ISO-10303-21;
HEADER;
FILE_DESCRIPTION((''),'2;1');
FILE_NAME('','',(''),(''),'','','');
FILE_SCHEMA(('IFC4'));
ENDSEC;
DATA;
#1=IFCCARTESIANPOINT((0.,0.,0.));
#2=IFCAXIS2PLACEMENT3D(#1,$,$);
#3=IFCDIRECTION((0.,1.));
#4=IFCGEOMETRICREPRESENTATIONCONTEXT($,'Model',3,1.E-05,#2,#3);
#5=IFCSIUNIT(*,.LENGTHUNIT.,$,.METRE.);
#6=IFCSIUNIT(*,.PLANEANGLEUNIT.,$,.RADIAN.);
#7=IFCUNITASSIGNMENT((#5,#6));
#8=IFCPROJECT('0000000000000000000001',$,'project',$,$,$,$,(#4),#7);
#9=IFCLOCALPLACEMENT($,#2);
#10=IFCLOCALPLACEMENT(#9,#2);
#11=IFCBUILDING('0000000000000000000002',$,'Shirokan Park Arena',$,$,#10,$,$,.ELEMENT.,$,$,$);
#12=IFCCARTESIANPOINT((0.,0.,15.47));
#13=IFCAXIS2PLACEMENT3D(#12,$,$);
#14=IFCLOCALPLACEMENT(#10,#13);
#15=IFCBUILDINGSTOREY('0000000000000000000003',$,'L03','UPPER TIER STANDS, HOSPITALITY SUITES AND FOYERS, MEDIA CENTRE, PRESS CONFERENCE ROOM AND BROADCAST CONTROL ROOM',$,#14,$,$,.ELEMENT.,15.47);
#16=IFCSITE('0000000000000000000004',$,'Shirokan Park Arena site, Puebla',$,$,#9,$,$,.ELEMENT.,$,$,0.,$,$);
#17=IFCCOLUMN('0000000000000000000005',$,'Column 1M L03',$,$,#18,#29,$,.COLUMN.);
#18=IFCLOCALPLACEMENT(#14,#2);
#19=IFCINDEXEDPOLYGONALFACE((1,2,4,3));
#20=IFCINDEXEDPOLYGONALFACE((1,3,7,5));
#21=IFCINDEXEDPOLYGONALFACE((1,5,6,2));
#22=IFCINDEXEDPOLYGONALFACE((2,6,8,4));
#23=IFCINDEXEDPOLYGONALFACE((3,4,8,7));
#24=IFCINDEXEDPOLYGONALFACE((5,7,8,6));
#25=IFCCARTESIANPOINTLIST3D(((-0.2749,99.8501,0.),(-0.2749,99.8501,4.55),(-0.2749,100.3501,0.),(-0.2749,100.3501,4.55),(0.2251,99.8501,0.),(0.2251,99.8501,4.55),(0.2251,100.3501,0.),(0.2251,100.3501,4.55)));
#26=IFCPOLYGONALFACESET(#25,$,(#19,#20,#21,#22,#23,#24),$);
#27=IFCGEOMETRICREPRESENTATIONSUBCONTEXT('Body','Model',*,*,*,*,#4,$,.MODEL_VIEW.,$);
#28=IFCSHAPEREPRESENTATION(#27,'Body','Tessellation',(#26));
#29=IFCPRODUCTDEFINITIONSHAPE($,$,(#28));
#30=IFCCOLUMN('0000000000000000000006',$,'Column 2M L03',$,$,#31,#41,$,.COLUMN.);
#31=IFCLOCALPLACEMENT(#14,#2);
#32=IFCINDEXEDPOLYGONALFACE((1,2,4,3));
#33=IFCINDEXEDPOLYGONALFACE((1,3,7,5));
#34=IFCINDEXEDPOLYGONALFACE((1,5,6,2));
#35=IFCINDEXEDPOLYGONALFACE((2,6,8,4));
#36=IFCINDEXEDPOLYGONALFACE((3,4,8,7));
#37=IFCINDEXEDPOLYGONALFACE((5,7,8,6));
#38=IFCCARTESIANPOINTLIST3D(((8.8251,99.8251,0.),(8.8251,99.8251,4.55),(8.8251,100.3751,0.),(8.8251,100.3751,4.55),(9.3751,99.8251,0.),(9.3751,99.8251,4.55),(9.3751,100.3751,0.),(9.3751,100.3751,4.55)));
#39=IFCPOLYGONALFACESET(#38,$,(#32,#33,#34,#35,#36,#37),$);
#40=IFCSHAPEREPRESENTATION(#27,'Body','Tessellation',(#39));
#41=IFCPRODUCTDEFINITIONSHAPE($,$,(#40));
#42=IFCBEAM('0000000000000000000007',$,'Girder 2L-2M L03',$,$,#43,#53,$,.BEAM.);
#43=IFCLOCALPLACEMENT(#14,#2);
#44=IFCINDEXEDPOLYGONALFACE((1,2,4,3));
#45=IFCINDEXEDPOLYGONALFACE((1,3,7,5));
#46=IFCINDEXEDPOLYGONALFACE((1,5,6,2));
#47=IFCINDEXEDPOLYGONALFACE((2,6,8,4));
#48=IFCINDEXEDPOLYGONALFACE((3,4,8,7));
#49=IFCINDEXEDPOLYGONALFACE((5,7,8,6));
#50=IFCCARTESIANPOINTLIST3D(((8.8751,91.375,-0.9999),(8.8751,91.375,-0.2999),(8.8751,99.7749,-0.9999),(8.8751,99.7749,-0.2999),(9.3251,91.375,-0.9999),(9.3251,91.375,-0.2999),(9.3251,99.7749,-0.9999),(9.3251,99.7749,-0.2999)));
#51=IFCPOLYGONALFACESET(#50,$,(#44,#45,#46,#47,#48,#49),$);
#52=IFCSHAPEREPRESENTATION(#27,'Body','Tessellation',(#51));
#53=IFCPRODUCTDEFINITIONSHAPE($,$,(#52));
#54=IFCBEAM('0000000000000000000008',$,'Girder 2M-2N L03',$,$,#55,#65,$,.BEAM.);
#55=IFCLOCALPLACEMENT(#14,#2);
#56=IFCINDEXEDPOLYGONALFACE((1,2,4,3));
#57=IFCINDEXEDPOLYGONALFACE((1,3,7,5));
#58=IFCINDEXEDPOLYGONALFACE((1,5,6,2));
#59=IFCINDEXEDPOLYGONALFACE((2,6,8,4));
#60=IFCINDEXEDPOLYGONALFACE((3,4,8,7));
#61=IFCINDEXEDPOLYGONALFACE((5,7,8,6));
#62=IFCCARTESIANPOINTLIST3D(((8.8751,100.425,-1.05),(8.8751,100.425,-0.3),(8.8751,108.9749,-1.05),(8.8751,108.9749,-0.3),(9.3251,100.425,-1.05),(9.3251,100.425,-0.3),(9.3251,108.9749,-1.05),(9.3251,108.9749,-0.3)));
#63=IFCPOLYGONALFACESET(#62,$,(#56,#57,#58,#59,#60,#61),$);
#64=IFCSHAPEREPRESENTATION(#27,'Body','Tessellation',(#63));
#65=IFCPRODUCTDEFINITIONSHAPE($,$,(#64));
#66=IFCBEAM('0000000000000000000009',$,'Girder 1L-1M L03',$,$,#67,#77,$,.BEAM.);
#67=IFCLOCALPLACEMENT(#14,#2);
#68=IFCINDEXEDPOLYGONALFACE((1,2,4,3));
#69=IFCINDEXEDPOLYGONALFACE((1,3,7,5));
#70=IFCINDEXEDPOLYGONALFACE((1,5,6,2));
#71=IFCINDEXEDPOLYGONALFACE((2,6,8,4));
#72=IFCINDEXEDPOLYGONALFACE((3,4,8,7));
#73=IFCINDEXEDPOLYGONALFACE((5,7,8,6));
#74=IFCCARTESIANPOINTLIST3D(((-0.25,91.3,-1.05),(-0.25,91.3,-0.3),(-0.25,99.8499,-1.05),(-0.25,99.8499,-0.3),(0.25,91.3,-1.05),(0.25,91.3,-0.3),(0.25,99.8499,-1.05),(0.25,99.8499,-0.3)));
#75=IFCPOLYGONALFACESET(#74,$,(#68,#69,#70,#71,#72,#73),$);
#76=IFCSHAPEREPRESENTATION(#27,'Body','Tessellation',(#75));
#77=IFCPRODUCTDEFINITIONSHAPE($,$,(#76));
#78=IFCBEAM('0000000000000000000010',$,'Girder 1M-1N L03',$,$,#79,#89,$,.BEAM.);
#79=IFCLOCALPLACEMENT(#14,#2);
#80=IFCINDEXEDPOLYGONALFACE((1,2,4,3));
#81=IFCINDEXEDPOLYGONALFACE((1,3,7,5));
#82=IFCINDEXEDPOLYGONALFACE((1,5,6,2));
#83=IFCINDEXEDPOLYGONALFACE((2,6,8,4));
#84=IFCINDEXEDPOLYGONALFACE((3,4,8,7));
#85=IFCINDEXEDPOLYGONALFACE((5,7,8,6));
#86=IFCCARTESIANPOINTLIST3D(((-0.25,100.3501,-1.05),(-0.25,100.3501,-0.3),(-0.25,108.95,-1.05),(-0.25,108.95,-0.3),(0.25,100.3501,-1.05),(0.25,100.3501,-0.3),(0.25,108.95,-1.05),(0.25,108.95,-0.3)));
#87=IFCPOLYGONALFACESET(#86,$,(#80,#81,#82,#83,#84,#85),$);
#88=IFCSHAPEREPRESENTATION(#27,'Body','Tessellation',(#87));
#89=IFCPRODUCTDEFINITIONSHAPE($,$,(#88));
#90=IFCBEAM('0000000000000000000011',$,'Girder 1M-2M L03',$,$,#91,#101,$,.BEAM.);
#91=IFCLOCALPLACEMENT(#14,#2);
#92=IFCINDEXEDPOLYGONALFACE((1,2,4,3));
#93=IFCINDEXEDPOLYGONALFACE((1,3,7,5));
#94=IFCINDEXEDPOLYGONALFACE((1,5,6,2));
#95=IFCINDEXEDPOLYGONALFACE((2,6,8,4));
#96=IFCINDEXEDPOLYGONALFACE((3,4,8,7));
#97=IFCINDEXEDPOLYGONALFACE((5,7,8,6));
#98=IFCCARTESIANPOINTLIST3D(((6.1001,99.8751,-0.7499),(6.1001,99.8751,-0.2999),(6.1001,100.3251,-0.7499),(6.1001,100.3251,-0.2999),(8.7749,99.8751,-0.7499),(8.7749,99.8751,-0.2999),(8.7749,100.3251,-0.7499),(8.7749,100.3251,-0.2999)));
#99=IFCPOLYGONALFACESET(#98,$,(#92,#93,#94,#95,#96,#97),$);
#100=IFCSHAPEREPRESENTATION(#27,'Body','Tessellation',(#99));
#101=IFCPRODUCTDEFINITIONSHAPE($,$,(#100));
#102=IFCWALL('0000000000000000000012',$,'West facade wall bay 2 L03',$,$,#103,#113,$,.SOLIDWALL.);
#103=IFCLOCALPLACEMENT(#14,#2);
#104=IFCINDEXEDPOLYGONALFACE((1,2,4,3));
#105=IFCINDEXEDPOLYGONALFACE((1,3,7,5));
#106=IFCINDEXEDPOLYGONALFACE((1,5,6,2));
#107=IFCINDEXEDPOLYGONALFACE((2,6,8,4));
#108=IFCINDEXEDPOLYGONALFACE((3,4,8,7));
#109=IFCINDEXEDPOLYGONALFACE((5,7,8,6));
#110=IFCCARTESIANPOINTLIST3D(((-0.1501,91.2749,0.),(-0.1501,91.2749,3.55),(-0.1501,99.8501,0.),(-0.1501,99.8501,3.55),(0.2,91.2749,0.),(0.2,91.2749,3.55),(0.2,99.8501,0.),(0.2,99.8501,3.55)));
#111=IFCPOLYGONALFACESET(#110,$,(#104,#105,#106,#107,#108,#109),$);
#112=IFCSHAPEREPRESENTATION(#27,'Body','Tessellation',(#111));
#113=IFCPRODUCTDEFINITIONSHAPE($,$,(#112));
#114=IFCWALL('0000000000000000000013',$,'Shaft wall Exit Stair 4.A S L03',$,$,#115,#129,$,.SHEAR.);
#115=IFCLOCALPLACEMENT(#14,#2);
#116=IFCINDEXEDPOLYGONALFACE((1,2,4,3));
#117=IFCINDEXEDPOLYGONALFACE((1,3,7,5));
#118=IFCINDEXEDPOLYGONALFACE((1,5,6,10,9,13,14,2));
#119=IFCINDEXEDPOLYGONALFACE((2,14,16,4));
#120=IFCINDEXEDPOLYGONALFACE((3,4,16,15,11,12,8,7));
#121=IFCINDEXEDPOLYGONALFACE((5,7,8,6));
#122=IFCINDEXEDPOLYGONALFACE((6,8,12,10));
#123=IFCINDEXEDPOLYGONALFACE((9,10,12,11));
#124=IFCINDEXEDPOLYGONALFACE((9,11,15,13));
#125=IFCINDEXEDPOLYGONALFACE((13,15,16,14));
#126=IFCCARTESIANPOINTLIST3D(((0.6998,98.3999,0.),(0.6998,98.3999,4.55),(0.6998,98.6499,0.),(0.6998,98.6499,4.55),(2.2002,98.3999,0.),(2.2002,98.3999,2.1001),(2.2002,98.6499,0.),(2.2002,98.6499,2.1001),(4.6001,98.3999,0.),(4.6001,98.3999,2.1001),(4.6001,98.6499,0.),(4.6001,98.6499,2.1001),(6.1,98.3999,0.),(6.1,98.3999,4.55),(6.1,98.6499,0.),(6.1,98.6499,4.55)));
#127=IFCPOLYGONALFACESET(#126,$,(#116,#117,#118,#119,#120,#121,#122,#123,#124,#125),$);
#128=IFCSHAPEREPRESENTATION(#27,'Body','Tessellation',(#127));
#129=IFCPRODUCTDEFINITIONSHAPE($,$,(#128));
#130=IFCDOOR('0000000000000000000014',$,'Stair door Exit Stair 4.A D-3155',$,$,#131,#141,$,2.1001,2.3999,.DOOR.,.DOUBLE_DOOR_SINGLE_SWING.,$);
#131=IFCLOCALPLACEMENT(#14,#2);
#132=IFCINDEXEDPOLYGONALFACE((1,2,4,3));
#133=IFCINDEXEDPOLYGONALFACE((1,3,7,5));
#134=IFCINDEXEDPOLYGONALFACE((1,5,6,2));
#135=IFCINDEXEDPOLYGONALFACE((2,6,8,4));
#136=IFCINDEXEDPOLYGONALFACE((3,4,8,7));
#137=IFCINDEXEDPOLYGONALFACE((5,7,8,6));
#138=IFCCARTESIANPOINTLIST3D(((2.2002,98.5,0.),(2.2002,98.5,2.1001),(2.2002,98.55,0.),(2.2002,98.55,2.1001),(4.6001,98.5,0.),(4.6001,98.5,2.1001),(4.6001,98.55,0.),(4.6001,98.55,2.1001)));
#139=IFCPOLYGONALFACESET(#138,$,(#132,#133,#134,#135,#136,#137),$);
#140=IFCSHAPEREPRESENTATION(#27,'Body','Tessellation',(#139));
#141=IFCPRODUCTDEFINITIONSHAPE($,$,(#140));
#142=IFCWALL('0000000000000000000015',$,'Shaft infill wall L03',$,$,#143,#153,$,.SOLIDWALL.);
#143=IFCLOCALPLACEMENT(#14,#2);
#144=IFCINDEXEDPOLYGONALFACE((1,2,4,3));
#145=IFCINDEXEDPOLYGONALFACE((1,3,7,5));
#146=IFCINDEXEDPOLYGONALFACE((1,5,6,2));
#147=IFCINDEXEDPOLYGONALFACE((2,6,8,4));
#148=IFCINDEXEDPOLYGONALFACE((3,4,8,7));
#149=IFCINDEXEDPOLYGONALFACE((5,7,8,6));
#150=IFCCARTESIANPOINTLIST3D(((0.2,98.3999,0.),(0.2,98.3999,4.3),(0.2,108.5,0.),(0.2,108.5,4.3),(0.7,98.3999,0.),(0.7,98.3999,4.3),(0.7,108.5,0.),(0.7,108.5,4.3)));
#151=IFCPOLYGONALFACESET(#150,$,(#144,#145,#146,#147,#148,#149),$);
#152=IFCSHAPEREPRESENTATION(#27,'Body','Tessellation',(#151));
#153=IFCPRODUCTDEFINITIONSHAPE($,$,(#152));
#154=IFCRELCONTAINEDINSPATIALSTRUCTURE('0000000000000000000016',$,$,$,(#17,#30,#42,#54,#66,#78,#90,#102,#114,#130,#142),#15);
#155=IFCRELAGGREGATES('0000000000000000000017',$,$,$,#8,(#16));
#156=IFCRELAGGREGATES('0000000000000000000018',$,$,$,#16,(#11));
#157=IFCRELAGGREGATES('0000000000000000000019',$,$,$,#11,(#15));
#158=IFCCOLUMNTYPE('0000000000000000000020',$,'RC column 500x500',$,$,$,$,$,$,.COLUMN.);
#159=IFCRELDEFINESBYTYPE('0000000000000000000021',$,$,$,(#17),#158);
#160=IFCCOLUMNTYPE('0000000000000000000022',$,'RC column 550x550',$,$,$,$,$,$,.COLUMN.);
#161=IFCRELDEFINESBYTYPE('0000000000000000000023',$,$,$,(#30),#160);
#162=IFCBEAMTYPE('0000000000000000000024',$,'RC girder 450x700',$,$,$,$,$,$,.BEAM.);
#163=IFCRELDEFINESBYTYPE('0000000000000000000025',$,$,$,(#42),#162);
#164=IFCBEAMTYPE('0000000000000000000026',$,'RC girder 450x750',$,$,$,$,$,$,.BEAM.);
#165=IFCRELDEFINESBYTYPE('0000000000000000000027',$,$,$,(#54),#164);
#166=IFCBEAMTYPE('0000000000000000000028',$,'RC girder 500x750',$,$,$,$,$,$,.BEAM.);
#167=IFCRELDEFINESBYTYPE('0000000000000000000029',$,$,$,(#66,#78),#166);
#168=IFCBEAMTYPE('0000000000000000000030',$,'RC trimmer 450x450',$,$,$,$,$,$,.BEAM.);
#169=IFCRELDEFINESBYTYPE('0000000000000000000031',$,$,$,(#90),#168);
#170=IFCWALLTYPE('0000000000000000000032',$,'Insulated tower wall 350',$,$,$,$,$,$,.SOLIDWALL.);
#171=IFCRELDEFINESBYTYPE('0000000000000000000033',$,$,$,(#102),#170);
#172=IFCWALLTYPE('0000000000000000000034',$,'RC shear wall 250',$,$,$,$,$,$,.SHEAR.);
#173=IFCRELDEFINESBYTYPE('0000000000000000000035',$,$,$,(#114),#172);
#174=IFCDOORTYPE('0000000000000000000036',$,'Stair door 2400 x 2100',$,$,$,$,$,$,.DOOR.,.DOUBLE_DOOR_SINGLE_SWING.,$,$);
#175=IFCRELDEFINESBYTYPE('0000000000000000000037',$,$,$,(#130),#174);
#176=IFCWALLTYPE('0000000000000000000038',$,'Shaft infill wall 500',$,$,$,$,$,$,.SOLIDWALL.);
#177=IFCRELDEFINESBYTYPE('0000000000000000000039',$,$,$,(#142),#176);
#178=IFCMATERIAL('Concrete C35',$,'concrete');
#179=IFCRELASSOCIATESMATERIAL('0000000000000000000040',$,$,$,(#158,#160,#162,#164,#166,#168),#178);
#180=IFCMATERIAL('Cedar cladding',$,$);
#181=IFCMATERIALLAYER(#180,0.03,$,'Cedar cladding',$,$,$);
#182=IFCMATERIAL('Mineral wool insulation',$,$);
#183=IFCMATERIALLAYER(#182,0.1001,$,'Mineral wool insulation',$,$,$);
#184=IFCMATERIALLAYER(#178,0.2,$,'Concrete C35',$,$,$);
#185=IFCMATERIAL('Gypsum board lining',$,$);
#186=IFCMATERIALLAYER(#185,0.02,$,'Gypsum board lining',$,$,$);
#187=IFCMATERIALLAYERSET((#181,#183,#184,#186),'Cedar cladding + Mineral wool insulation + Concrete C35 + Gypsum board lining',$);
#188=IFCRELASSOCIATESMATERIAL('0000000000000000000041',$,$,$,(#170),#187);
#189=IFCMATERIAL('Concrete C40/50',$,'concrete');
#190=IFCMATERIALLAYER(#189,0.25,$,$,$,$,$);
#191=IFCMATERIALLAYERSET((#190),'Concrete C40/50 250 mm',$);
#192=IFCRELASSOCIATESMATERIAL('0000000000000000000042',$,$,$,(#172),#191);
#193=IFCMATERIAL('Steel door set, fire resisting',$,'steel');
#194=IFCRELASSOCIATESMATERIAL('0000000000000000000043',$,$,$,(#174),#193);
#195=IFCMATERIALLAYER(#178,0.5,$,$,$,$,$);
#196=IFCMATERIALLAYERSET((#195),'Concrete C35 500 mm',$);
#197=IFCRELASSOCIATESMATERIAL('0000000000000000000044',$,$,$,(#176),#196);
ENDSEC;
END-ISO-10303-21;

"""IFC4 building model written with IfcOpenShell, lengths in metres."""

from ifc_helpers import new_model, si_unit, direction, frame, frame_2d, origin, origin_2d, place, context, subcontext, project, spatial, rectangle, extrude, material, layer, layer_set, material_profile, profile_set, type_object, element, fill, save


model = new_model("IFC4")

# Units and contexts
model_context = context("Model", 3, precision=1e-05, world=origin(), true_north=direction((0.0, 1.0)))
body_context = subcontext(model_context, "Body", "Model", "MODEL_VIEW")
ifc_project = project(units=[si_unit("LENGTHUNIT", "METRE"), si_unit("PLANEANGLEUNIT", "RADIAN")], contexts=[model_context])

# Site, building, storey
site_placement = place(None, origin())
site = spatial("IfcSite", under=ifc_project, at=site_placement, Name="Shirokan Park Arena site, Puebla", CompositionType="ELEMENT", RefElevation=0.0)
building_placement = place(site_placement, origin())
building = spatial("IfcBuilding", under=site, at=building_placement, Name="Shirokan Park Arena", CompositionType="ELEMENT")
storey_placement = place(building_placement, frame((0.0, 0.0, 15.47)))
storey = spatial("IfcBuildingStorey", under=building, at=storey_placement, Name="L03", Description="UPPER TIER STANDS, HOSPITALITY SUITES AND FOYERS, MEDIA CENTRE, PRESS CONFERENCE ROOM AND BROADCAST CONTROL ROOM", CompositionType="ELEMENT", Elevation=15.47)

# Columns
ifc_material_1 = material(Name="Concrete C35", Category="concrete")
ifc_material_profile_1 = material_profile(ifc_material_1, rectangle(XDim=0.5, YDim=0.5, at=origin_2d()), Name="500x500")
ifc_profile_set_1 = profile_set([ifc_material_profile_1], Name="Concrete C35")
column_type_1 = type_object("IfcColumnType", Name="RC column 500x500", PredefinedType="COLUMN", material=ifc_profile_set_1)
column_1_placement = place(storey_placement, frame((-0.0249, 100.1001, 0.0), z_axis=(0.0, 0.0, 1.0), x_axis=(1.0, 0.0, 0.0)))
element("IfcColumn", 1, at=column_1_placement, inside=storey, type_object=column_type_1, Name="Column 1M L03", PredefinedType="COLUMN", context=body_context, shape_type="SweptSolid", body=[
    extrude(rectangle(XDim=0.5, YDim=0.5, at=origin_2d()), origin(), (0.0, 0.0, 1.0), 4.55),
])
ifc_material_profile_2 = material_profile(ifc_material_1, rectangle(XDim=0.55, YDim=0.55, at=origin_2d()), Name="550x550")
ifc_profile_set_2 = profile_set([ifc_material_profile_2], Name="Concrete C35")
column_type_2 = type_object("IfcColumnType", Name="RC column 550x550", PredefinedType="COLUMN", material=ifc_profile_set_2)
column_2_placement = place(storey_placement, frame((9.1001, 100.1001, 0.0), z_axis=(0.0, 0.0, 1.0), x_axis=(1.0, 0.0, 0.0)))
element("IfcColumn", 2, at=column_2_placement, inside=storey, type_object=column_type_2, Name="Column 2M L03", PredefinedType="COLUMN", context=body_context, shape_type="SweptSolid", body=[
    extrude(rectangle(XDim=0.55, YDim=0.55, at=origin_2d()), origin(), (0.0, 0.0, 1.0), 4.55),
])

# Beams
ifc_material_profile_3 = material_profile(ifc_material_1, rectangle(XDim=0.45, YDim=0.7, at=origin_2d()), Name="450x700")
ifc_profile_set_3 = profile_set([ifc_material_profile_3], Name="Concrete C35")
beam_type_1 = type_object("IfcBeamType", Name="RC girder 450x700", PredefinedType="BEAM", material=ifc_profile_set_3)
beam_1_placement = place(storey_placement, frame((9.1001, 91.375, -0.6499), z_axis=(0.0, 1.0, 0.0), x_axis=(-1.0, 0.0, 0.0)))
element("IfcBeam", 3, at=beam_1_placement, inside=storey, type_object=beam_type_1, Name="Girder 2L-2M L03", PredefinedType="BEAM", context=body_context, shape_type="SweptSolid", body=[
    extrude(rectangle(XDim=0.45, YDim=0.7, at=origin_2d()), origin(), (0.0, 0.0, 1.0), 8.3999),
])
ifc_material_profile_4 = material_profile(ifc_material_1, rectangle(XDim=0.45, YDim=0.75, at=origin_2d()), Name="450x750")
ifc_profile_set_4 = profile_set([ifc_material_profile_4], Name="Concrete C35")
beam_type_2 = type_object("IfcBeamType", Name="RC girder 450x750", PredefinedType="BEAM", material=ifc_profile_set_4)
beam_2_placement = place(storey_placement, frame((9.1001, 100.425, -0.675), z_axis=(0.0, 1.0, 0.0), x_axis=(-1.0, 0.0, 0.0)))
element("IfcBeam", 4, at=beam_2_placement, inside=storey, type_object=beam_type_2, Name="Girder 2M-2N L03", PredefinedType="BEAM", context=body_context, shape_type="SweptSolid", body=[
    extrude(rectangle(XDim=0.45, YDim=0.75, at=origin_2d()), origin(), (0.0, 0.0, 1.0), 8.5498),
])
ifc_material_profile_5 = material_profile(ifc_material_1, rectangle(XDim=0.5, YDim=0.75, at=origin_2d()), Name="500x750")
ifc_profile_set_5 = profile_set([ifc_material_profile_5], Name="Concrete C35")
beam_type_3 = type_object("IfcBeamType", Name="RC girder 500x750", PredefinedType="BEAM", material=ifc_profile_set_5)
beam_3_placement = place(storey_placement, frame((0.0, 91.3, -0.675), z_axis=(0.0, 1.0, 0.0), x_axis=(-1.0, 0.0, 0.0)))
element("IfcBeam", 5, at=beam_3_placement, inside=storey, type_object=beam_type_3, Name="Girder 1L-1M L03", PredefinedType="BEAM", context=body_context, shape_type="SweptSolid", body=[
    extrude(rectangle(XDim=0.5, YDim=0.75, at=origin_2d()), origin(), (0.0, 0.0, 1.0), 8.5498),
])
beam_4_placement = place(storey_placement, frame((0.0, 100.3501, -0.675), z_axis=(0.0, 1.0, 0.0), x_axis=(-1.0, 0.0, 0.0)))
element("IfcBeam", 6, at=beam_4_placement, inside=storey, type_object=beam_type_3, Name="Girder 1M-1N L03", PredefinedType="BEAM", context=body_context, shape_type="SweptSolid", body=[
    extrude(rectangle(XDim=0.5, YDim=0.75, at=origin_2d()), origin(), (0.0, 0.0, 1.0), 8.5999),
])
ifc_material_profile_6 = material_profile(ifc_material_1, rectangle(XDim=0.45, YDim=0.45, at=origin_2d()), Name="450x450")
ifc_profile_set_6 = profile_set([ifc_material_profile_6], Name="Concrete C35")
beam_type_4 = type_object("IfcBeamType", Name="RC trimmer 450x450", PredefinedType="BEAM", material=ifc_profile_set_6)
beam_5_placement = place(storey_placement, frame((6.1001, 100.1001, -0.5249), z_axis=(1.0, 0.0, 0.0), x_axis=(0.0, 1.0, 0.0)))
element("IfcBeam", 7, at=beam_5_placement, inside=storey, type_object=beam_type_4, Name="Girder 1M-2M L03", PredefinedType="BEAM", context=body_context, shape_type="SweptSolid", body=[
    extrude(rectangle(XDim=0.45, YDim=0.45, at=origin_2d()), origin(), (0.0, 0.0, 1.0), 2.6748),
])

# Wall
ifc_material_2 = material(Name="Cedar cladding")
ifc_layer_1 = layer(ifc_material_2, 0.03, Name="Cedar cladding")
ifc_material_3 = material(Name="Mineral wool insulation")
ifc_layer_2 = layer(ifc_material_3, 0.1001, Name="Mineral wool insulation")
ifc_layer_3 = layer(ifc_material_1, 0.2, Name="Concrete C35")
ifc_material_4 = material(Name="Gypsum board lining")
ifc_layer_4 = layer(ifc_material_4, 0.02, Name="Gypsum board lining")
ifc_layer_set_1 = layer_set([ifc_layer_1, ifc_layer_2, ifc_layer_3, ifc_layer_4], Name="Cedar cladding + Mineral wool insulation + Concrete C35 + Gypsum board lining")
wall_type_1 = type_object("IfcWallType", Name="Insulated tower wall 350", PredefinedType="SOLIDWALL", material=ifc_layer_set_1)
wall_1_placement = place(storey_placement, frame((0.0249, 99.8501, 0.0), z_axis=(0.0, 0.0, 1.0), x_axis=(0.0, -1.0, 0.0)))
element("IfcWall", 8, at=wall_1_placement, inside=storey, type_object=wall_type_1, Name="West facade wall bay 2 L03", PredefinedType="SOLIDWALL", context=body_context, shape_type="SweptSolid", body=[
    extrude(rectangle(XDim=8.5752, YDim=0.3501, at=frame_2d((4.2876, 0.0))), origin(), (0.0, 0.0, 1.0), 3.55),
])

# Wall, opening, door
ifc_material_5 = material(Name="Concrete C40/50", Category="concrete")
ifc_layer_5 = layer(ifc_material_5, 0.25)
ifc_layer_set_2 = layer_set([ifc_layer_5], Name="Concrete C40/50 250 mm")
wall_type_2 = type_object("IfcWallType", Name="RC shear wall 250", PredefinedType="SHEAR", material=ifc_layer_set_2)
wall_2_placement = place(storey_placement, frame((6.1001, 98.5249, 0.0), z_axis=(0.0, 0.0, 1.0), x_axis=(-1.0, 0.0, 0.0)))
wall_2 = element("IfcWall", 9, at=wall_2_placement, inside=storey, type_object=wall_type_2, Name="Shaft wall Exit Stair 4.A S L03", PredefinedType="SHEAR", context=body_context, shape_type="SweptSolid", body=[
    extrude(rectangle(XDim=5.4001, YDim=0.25, at=frame_2d((2.7002, 0.0))), origin(), (0.0, 0.0, 1.0), 4.55),
])
opening_1_placement = place(wall_2_placement, frame((1.5, 0.0, 0.0)))
opening_1 = element("IfcOpeningElement", 10, at=opening_1_placement, cuts=wall_2, PredefinedType="OPENING", context=body_context, shape_type="SweptSolid", body=[
    extrude(rectangle(XDim=2.3999, YDim=2.1001, at=frame_2d((1.2, 1.05))), frame((0.0, 0.135, 0.0), z_axis=(0.0, -1.0, 0.0), x_axis=(1.0, 0.0, 0.0)), (0.0, 0.0, 1.0), 0.27),
])
ifc_material_6 = material(Name="Steel door set, fire resisting", Category="steel")
door_type_1 = type_object("IfcDoorType", Name="Stair door 2400 x 2100", OperationType="DOUBLE_DOOR_SINGLE_SWING", PredefinedType="DOOR", material=ifc_material_6)
door_1_placement = place(opening_1_placement, origin())
door_1 = element("IfcDoor", 11, at=door_1_placement, inside=storey, type_object=door_type_1, Name="Stair door Exit Stair 4.A D-3155", OperationType="DOUBLE_DOOR_SINGLE_SWING", OverallHeight=2.1001, OverallWidth=2.3999, PredefinedType="DOOR", context=body_context, shape_type="SweptSolid", body=[
    extrude(rectangle(XDim=2.3999, YDim=2.1001, at=frame_2d((1.2, 1.05))), frame((0.0, 0.0249, 0.0), z_axis=(0.0, -1.0, 0.0), x_axis=(1.0, 0.0, 0.0)), (0.0, 0.0, 1.0), 0.05),
])
fill(opening_1, door_1)

# Wall
ifc_layer_6 = layer(ifc_material_1, 0.5)
ifc_layer_set_3 = layer_set([ifc_layer_6], Name="Concrete C35 500 mm")
wall_type_3 = type_object("IfcWallType", Name="Shaft infill wall 500", PredefinedType="SOLIDWALL", material=ifc_layer_set_3)
wall_3_placement = place(storey_placement, frame((0.45, 98.3999, 0.0), z_axis=(0.0, 0.0, 1.0), x_axis=(0.0, 1.0, 0.0)))
element("IfcWall", 12, at=wall_3_placement, inside=storey, type_object=wall_type_3, Name="Shaft infill wall L03", PredefinedType="SOLIDWALL", context=body_context, shape_type="SweptSolid", body=[
    extrude(rectangle(XDim=10.1001, YDim=0.5, at=frame_2d((5.05, 0.0))), origin(), (0.0, 0.0, 1.0), 4.3),
])

save(model, "model.ifc")
